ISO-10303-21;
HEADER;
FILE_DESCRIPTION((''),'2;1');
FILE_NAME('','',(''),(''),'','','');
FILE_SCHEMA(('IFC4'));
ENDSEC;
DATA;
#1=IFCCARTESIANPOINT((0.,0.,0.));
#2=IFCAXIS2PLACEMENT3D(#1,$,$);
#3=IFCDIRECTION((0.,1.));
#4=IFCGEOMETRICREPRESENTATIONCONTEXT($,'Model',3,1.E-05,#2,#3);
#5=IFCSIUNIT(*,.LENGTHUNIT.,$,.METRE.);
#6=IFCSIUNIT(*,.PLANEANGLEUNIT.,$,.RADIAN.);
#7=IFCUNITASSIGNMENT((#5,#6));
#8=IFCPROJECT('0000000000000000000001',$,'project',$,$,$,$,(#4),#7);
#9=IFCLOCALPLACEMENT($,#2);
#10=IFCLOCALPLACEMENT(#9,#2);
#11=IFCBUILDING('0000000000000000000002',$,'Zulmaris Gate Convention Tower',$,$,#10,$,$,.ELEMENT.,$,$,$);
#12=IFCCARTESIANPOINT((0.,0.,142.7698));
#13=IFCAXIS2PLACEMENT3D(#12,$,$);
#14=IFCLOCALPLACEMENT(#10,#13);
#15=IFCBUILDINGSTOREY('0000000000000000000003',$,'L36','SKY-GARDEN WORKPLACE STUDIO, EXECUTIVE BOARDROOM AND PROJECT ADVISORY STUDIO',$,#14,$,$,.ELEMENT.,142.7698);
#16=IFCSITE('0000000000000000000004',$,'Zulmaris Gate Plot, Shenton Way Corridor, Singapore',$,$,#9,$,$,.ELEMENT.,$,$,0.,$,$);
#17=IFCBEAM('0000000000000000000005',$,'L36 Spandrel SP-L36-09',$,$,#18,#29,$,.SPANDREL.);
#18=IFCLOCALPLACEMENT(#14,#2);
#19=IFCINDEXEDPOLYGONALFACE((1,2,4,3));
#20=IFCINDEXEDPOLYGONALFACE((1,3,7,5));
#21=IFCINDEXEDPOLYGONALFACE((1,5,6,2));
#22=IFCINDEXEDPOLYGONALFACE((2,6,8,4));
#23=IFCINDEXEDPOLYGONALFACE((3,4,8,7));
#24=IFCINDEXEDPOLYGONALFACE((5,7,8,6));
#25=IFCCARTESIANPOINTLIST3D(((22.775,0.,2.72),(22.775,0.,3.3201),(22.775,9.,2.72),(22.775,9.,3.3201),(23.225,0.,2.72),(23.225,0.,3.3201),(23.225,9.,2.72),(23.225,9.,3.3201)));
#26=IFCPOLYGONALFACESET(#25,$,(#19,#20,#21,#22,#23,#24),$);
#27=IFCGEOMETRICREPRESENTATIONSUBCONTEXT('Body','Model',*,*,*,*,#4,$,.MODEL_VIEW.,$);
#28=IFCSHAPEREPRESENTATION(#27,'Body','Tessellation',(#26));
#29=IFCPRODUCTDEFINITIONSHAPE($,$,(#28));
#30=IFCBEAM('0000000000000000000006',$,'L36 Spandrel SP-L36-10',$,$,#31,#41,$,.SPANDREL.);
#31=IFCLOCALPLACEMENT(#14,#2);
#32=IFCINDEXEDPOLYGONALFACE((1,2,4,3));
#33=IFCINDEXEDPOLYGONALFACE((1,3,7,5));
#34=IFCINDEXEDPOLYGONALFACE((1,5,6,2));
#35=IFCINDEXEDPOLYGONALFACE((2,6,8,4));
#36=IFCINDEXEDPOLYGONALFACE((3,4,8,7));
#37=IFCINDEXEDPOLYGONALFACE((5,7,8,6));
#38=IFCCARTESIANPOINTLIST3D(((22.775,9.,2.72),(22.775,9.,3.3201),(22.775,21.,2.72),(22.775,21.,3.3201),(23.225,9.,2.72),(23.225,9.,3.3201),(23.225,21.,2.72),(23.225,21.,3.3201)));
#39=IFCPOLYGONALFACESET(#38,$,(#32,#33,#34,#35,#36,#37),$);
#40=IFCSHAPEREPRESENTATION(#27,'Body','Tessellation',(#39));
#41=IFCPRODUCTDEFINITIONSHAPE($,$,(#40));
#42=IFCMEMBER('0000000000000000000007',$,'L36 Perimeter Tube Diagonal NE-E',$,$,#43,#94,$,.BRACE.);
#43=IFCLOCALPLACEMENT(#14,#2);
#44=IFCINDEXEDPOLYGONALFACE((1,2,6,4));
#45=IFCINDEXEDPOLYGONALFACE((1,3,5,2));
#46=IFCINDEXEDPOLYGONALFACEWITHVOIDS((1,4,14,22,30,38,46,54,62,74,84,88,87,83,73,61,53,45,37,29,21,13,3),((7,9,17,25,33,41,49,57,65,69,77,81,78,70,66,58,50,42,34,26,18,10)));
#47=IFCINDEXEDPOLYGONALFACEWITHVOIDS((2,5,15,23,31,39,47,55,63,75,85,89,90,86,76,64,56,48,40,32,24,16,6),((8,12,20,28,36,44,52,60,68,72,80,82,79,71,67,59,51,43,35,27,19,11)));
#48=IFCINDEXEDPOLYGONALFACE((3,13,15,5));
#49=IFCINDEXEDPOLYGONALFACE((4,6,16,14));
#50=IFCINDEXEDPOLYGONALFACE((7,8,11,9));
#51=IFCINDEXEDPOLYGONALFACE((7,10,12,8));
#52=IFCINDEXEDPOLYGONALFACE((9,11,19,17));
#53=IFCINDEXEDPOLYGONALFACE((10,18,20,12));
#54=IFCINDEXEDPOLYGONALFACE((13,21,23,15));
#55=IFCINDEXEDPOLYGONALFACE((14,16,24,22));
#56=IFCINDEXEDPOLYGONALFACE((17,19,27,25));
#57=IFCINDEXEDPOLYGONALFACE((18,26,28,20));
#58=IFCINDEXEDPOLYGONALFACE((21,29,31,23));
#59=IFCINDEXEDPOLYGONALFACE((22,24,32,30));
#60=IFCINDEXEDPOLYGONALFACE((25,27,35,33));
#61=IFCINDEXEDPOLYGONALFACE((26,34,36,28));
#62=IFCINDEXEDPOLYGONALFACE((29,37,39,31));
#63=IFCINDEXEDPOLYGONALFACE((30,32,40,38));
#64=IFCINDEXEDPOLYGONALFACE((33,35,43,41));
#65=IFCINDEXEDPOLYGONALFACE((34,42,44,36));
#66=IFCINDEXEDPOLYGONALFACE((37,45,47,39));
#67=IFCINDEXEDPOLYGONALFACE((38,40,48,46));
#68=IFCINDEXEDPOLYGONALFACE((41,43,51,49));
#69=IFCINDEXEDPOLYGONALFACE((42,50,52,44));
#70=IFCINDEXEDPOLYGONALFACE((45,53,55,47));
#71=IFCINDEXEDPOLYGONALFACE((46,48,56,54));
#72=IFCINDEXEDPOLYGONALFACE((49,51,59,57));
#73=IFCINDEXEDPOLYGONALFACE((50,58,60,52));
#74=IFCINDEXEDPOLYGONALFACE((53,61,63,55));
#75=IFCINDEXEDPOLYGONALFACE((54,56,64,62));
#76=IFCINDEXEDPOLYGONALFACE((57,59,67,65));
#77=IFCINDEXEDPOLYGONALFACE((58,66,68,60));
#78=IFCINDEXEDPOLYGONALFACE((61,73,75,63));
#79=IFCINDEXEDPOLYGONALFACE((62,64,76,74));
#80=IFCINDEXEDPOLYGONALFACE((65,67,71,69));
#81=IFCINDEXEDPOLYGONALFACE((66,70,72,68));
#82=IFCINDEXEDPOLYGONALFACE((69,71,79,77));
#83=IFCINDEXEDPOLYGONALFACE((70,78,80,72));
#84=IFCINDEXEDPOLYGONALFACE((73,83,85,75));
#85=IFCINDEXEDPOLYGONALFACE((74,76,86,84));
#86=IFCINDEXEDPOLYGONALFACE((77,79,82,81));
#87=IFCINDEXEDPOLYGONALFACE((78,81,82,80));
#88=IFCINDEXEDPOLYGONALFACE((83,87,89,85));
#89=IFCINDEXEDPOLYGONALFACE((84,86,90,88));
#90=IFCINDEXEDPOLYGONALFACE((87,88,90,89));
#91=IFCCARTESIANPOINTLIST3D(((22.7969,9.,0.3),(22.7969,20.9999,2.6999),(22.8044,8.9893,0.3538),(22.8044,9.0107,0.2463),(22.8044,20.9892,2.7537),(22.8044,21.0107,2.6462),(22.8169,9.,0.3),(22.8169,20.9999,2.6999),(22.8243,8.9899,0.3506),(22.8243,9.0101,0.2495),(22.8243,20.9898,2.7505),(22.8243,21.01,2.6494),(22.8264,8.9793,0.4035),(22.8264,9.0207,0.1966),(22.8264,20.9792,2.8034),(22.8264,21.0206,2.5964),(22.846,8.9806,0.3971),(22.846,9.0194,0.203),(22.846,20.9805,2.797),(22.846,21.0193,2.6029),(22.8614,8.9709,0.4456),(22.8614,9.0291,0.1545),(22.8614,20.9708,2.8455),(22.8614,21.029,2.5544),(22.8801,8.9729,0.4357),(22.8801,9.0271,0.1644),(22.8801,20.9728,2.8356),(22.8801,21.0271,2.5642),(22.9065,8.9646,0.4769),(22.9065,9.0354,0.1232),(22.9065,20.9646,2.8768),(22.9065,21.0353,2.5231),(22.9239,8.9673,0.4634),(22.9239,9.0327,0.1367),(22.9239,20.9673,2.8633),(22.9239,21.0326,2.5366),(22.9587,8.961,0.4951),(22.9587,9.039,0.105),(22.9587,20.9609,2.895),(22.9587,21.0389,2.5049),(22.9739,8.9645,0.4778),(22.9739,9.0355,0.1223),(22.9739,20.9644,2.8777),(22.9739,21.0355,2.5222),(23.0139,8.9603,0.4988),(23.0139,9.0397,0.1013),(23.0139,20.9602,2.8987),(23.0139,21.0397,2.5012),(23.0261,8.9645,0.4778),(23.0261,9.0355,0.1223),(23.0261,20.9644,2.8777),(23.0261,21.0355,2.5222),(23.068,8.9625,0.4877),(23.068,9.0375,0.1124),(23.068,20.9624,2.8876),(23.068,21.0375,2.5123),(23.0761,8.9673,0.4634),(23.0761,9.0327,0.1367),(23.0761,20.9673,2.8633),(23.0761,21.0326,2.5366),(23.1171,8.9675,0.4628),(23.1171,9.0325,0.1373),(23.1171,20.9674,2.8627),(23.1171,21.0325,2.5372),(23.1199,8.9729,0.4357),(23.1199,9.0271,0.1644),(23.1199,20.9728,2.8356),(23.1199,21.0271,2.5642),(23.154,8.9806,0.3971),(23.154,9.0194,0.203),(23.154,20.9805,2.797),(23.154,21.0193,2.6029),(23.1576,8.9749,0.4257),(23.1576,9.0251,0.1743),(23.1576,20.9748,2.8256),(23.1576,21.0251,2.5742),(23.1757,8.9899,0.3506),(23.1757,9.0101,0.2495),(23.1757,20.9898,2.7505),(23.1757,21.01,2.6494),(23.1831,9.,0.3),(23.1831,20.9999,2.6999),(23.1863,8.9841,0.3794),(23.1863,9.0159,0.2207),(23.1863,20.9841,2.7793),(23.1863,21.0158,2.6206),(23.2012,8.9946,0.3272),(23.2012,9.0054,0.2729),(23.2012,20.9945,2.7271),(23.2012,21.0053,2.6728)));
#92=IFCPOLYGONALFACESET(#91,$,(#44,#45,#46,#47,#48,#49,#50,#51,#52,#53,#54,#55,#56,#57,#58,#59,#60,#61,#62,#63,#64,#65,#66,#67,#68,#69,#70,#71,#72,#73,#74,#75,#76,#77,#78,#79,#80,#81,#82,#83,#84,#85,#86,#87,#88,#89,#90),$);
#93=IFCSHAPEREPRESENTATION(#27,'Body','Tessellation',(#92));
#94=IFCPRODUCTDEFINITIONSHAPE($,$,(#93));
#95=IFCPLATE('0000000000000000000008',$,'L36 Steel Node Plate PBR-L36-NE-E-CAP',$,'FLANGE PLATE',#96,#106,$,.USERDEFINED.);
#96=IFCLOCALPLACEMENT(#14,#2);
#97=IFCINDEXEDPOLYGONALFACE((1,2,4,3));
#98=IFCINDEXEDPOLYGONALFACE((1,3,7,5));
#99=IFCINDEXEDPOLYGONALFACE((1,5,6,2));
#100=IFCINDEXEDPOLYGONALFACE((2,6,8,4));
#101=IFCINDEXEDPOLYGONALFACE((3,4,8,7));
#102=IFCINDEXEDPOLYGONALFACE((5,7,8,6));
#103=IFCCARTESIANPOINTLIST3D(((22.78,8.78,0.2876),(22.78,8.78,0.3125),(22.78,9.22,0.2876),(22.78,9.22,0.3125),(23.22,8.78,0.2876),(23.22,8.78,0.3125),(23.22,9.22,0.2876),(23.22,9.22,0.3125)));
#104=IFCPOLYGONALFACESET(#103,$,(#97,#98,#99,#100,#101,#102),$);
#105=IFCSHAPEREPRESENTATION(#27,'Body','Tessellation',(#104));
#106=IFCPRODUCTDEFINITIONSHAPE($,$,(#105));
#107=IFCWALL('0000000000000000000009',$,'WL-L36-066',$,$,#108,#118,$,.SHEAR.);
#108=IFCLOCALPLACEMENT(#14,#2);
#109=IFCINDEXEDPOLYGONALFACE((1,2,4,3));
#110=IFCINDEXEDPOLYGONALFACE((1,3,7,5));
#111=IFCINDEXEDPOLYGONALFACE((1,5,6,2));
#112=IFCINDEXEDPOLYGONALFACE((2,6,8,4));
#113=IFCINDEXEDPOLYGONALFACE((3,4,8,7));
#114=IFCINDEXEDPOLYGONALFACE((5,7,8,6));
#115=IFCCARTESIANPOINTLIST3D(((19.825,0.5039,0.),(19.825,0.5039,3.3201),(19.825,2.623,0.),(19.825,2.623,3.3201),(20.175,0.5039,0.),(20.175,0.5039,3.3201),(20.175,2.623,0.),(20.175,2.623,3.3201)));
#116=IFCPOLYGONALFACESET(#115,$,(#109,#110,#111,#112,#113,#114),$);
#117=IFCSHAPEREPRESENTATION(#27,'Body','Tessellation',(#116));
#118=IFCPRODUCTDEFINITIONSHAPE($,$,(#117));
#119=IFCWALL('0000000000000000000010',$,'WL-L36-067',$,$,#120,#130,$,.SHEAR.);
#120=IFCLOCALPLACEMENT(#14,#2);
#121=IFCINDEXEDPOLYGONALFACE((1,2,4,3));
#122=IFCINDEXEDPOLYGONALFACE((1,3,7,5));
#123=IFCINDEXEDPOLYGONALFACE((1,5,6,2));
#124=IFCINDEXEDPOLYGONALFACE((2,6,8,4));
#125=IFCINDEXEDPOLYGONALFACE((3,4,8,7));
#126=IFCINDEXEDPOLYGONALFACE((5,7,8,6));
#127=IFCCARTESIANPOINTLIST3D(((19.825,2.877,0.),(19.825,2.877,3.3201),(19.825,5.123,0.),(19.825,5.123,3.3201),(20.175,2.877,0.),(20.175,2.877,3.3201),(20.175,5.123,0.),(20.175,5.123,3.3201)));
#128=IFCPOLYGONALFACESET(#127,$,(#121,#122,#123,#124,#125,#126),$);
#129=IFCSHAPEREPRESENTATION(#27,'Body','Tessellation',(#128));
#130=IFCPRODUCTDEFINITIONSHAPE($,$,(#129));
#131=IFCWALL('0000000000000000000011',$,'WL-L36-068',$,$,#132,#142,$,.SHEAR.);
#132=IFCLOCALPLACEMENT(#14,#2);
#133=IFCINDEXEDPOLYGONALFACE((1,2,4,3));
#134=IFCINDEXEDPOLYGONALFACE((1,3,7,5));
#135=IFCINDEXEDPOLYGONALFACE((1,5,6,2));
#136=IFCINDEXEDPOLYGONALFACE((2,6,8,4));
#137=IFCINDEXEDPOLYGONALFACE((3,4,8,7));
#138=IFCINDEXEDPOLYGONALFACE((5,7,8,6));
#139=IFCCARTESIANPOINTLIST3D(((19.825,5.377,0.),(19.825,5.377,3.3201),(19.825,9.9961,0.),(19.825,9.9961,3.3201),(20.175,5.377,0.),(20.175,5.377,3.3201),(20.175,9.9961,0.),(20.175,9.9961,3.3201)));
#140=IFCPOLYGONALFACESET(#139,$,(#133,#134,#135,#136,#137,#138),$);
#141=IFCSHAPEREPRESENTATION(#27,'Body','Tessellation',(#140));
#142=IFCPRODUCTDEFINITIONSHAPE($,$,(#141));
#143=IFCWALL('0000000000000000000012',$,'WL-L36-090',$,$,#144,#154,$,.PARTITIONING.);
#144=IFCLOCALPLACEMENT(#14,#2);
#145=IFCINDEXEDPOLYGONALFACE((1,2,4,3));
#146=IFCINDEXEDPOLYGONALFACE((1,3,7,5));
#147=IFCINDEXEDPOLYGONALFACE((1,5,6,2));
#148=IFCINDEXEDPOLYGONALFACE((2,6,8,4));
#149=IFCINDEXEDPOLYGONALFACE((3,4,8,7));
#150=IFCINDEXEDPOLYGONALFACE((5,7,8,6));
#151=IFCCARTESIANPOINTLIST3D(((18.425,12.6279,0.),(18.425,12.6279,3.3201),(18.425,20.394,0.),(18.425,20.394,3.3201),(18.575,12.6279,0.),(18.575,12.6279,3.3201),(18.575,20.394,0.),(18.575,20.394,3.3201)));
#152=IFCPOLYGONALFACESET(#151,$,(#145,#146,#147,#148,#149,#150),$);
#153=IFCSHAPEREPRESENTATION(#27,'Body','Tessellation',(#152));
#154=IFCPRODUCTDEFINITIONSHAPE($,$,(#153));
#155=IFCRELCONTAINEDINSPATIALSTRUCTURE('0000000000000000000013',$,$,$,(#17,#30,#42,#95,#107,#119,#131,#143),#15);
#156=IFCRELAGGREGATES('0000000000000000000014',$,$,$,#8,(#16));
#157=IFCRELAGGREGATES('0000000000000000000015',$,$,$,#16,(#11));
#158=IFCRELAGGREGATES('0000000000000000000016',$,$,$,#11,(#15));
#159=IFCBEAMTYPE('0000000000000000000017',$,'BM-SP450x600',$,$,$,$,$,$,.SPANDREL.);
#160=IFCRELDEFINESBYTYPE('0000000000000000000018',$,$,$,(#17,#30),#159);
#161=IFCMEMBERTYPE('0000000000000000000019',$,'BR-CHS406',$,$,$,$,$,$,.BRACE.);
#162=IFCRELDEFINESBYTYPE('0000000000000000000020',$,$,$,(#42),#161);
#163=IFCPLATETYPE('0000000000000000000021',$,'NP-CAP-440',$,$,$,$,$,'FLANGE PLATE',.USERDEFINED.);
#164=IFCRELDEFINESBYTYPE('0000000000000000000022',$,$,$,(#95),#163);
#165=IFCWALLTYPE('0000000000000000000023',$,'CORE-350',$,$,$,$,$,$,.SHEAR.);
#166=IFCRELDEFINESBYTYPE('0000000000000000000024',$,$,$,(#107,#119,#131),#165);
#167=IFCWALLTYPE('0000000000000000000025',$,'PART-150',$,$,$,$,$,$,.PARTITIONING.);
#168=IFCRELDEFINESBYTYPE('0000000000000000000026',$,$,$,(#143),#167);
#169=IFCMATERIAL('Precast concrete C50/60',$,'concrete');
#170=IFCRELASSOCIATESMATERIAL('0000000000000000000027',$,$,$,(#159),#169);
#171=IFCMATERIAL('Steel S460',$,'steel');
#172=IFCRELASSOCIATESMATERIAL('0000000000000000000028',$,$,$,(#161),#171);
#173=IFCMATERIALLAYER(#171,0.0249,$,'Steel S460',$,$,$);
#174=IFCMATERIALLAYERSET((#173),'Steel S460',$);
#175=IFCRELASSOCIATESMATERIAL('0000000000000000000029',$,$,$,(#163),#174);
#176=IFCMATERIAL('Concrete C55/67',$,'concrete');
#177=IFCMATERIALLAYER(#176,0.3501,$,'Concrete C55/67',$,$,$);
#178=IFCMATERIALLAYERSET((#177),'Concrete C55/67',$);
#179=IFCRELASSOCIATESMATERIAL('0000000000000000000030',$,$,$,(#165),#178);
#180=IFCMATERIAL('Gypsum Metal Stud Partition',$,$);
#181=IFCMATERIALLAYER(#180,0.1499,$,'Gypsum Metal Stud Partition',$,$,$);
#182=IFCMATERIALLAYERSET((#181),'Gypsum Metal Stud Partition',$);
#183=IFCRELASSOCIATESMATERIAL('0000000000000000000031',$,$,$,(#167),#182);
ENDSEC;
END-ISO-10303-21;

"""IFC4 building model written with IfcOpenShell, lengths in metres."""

from ifc_helpers import new_model, si_unit, direction, frame, frame_2d, origin, origin_2d, place, context, subcontext, project, spatial, rectangle, hollow_circle, extrude, material, layer, layer_set, material_profile, profile_set, type_object, element, save


model = new_model("IFC4")

# Units and contexts
model_context = context("Model", 3, precision=1e-05, world=origin(), true_north=direction((0.0, 1.0)))
body_context = subcontext(model_context, "Body", "Model", "MODEL_VIEW")
ifc_project = project(units=[si_unit("LENGTHUNIT", "METRE"), si_unit("PLANEANGLEUNIT", "RADIAN")], contexts=[model_context])

# Site, building, storey
site_placement = place(None, origin())
site = spatial("IfcSite", under=ifc_project, at=site_placement, Name="Zulmaris Gate Plot, Shenton Way Corridor, Singapore", CompositionType="ELEMENT", RefElevation=0.0)
building_placement = place(site_placement, origin())
building = spatial("IfcBuilding", under=site, at=building_placement, Name="Zulmaris Gate Convention Tower", CompositionType="ELEMENT")
storey_placement = place(building_placement, frame((0.0, 0.0, 142.7698)))
storey = spatial("IfcBuildingStorey", under=building, at=storey_placement, Name="L36", Description="SKY-GARDEN WORKPLACE STUDIO, EXECUTIVE BOARDROOM AND PROJECT ADVISORY STUDIO", CompositionType="ELEMENT", Elevation=142.7698)

# Beams
ifc_material_1 = material(Name="Precast concrete C50/60", Category="concrete")
ifc_material_profile_1 = material_profile(ifc_material_1, rectangle(XDim=0.45, YDim=0.6001, at=origin_2d()), Name="RC SPANDREL 450x600")
ifc_profile_set_1 = profile_set([ifc_material_profile_1], Name="Precast concrete C50/60")
beam_type_1 = type_object("IfcBeamType", Name="BM-SP450x600", PredefinedType="SPANDREL", material=ifc_profile_set_1)
beam_1_placement = place(storey_placement, frame((23.0, 0.0, 3.02), z_axis=(0.0, 1.0, 0.0), x_axis=(-1.0, 0.0, 0.0)))
element("IfcBeam", 1, at=beam_1_placement, inside=storey, type_object=beam_type_1, Name="L36 Spandrel SP-L36-09", PredefinedType="SPANDREL", context=body_context, shape_type="SweptSolid", body=[
    extrude(rectangle(XDim=0.45, YDim=0.6001, at=origin_2d()), origin(), (0.0, 0.0, 1.0), 9.0),
])
beam_2_placement = place(storey_placement, frame((23.0, 9.0, 3.02), z_axis=(0.0, 1.0, 0.0), x_axis=(-1.0, 0.0, 0.0)))
element("IfcBeam", 2, at=beam_2_placement, inside=storey, type_object=beam_type_1, Name="L36 Spandrel SP-L36-10", PredefinedType="SPANDREL", context=body_context, shape_type="SweptSolid", body=[
    extrude(rectangle(XDim=0.45, YDim=0.6001, at=origin_2d()), origin(), (0.0, 0.0, 1.0), 12.0),
])

# Member
ifc_material_2 = material(Name="Steel S460", Category="steel")
ifc_material_profile_2 = material_profile(ifc_material_2, hollow_circle(Radius=0.2031, WallThickness=0.02, at=origin_2d()), Name="CHS 406.4x20")
ifc_profile_set_2 = profile_set([ifc_material_profile_2], Name="Steel S460")
member_type = type_object("IfcMemberType", Name="BR-CHS406", PredefinedType="BRACE", material=ifc_profile_set_2)
member_placement = place(storey_placement, frame((23.0, 9.0, 0.3), z_axis=(0.0, 0.980582, 0.196108), x_axis=(-1.0, 0.0, 0.0)))
element("IfcMember", 3, at=member_placement, inside=storey, type_object=member_type, Name="L36 Perimeter Tube Diagonal NE-E", PredefinedType="BRACE", context=body_context, shape_type="SweptSolid", body=[
    extrude(hollow_circle(Radius=0.2031, WallThickness=0.02, at=origin_2d()), origin(), (0.0, 0.0, 1.0), 12.2375),
])

# Plate
ifc_layer_1 = layer(ifc_material_2, 0.0249, Name="Steel S460")
ifc_layer_set_1 = layer_set([ifc_layer_1], Name="Steel S460")
plate_type = type_object("IfcPlateType", Name="NP-CAP-440", ElementType="FLANGE PLATE", PredefinedType="USERDEFINED", material=ifc_layer_set_1)
plate_placement = place(storey_placement, frame((23.0, 9.0, 0.2876), z_axis=(0.0, 0.0, 1.0), x_axis=(1.0, 0.0, 0.0)))
element("IfcPlate", 4, at=plate_placement, inside=storey, type_object=plate_type, Name="L36 Steel Node Plate PBR-L36-NE-E-CAP", ObjectType="FLANGE PLATE", PredefinedType="USERDEFINED", context=body_context, shape_type="SweptSolid", body=[
    extrude(rectangle(XDim=0.4399, YDim=0.4399, at=origin_2d()), origin(), (0.0, 0.0, 1.0), 0.0249),
])

# Walls
ifc_material_3 = material(Name="Concrete C55/67", Category="concrete")
ifc_layer_2 = layer(ifc_material_3, 0.3501, Name="Concrete C55/67")
ifc_layer_set_2 = layer_set([ifc_layer_2], Name="Concrete C55/67")
wall_type_1 = type_object("IfcWallType", Name="CORE-350", PredefinedType="SHEAR", material=ifc_layer_set_2)
wall_1_placement = place(storey_placement, frame((20.0, 0.5039, 0.0), z_axis=(0.0, 0.0, 1.0), x_axis=(0.0, 1.0, 0.0)))
element("IfcWall", 5, at=wall_1_placement, inside=storey, type_object=wall_type_1, Name="WL-L36-066", PredefinedType="SHEAR", context=body_context, shape_type="SweptSolid", body=[
    extrude(rectangle(XDim=2.1191, YDim=0.3501, at=frame_2d((1.0596, 0.0))), origin(), (0.0, 0.0, 1.0), 3.3201),
])
wall_2_placement = place(storey_placement, frame((20.0, 2.877, 0.0), z_axis=(0.0, 0.0, 1.0), x_axis=(0.0, 1.0, 0.0)))
element("IfcWall", 6, at=wall_2_placement, inside=storey, type_object=wall_type_1, Name="WL-L36-067", PredefinedType="SHEAR", context=body_context, shape_type="SweptSolid", body=[
    extrude(rectangle(XDim=2.2461, YDim=0.3501, at=frame_2d((1.123, 0.0))), origin(), (0.0, 0.0, 1.0), 3.3201),
])
wall_3_placement = place(storey_placement, frame((20.0, 5.377, 0.0), z_axis=(0.0, 0.0, 1.0), x_axis=(0.0, 1.0, 0.0)))
element("IfcWall", 7, at=wall_3_placement, inside=storey, type_object=wall_type_1, Name="WL-L36-068", PredefinedType="SHEAR", context=body_context, shape_type="SweptSolid", body=[
    extrude(rectangle(XDim=4.6191, YDim=0.3501, at=frame_2d((2.3096, 0.0))), origin(), (0.0, 0.0, 1.0), 3.3201),
])

# Shared definitions
ifc_material_4 = material(Name="Gypsum Metal Stud Partition")
ifc_layer_3 = layer(ifc_material_4, 0.1499, Name="Gypsum Metal Stud Partition")
ifc_layer_set_3 = layer_set([ifc_layer_3], Name="Gypsum Metal Stud Partition")
wall_type_2 = type_object("IfcWallType", Name="PART-150", PredefinedType="PARTITIONING", material=ifc_layer_set_3)

# Wall
wall_4_placement = place(storey_placement, frame((18.5, 12.6279, 0.0), z_axis=(0.0, 0.0, 1.0), x_axis=(0.0, 1.0, 0.0)))
element("IfcWall", 8, at=wall_4_placement, inside=storey, type_object=wall_type_2, Name="WL-L36-090", PredefinedType="PARTITIONING", context=body_context, shape_type="SweptSolid", body=[
    extrude(rectangle(XDim=7.7661, YDim=0.1499, at=frame_2d((3.8831, 0.0))), origin(), (0.0, 0.0, 1.0), 3.3201),
])

save(model, "model.ifc")
